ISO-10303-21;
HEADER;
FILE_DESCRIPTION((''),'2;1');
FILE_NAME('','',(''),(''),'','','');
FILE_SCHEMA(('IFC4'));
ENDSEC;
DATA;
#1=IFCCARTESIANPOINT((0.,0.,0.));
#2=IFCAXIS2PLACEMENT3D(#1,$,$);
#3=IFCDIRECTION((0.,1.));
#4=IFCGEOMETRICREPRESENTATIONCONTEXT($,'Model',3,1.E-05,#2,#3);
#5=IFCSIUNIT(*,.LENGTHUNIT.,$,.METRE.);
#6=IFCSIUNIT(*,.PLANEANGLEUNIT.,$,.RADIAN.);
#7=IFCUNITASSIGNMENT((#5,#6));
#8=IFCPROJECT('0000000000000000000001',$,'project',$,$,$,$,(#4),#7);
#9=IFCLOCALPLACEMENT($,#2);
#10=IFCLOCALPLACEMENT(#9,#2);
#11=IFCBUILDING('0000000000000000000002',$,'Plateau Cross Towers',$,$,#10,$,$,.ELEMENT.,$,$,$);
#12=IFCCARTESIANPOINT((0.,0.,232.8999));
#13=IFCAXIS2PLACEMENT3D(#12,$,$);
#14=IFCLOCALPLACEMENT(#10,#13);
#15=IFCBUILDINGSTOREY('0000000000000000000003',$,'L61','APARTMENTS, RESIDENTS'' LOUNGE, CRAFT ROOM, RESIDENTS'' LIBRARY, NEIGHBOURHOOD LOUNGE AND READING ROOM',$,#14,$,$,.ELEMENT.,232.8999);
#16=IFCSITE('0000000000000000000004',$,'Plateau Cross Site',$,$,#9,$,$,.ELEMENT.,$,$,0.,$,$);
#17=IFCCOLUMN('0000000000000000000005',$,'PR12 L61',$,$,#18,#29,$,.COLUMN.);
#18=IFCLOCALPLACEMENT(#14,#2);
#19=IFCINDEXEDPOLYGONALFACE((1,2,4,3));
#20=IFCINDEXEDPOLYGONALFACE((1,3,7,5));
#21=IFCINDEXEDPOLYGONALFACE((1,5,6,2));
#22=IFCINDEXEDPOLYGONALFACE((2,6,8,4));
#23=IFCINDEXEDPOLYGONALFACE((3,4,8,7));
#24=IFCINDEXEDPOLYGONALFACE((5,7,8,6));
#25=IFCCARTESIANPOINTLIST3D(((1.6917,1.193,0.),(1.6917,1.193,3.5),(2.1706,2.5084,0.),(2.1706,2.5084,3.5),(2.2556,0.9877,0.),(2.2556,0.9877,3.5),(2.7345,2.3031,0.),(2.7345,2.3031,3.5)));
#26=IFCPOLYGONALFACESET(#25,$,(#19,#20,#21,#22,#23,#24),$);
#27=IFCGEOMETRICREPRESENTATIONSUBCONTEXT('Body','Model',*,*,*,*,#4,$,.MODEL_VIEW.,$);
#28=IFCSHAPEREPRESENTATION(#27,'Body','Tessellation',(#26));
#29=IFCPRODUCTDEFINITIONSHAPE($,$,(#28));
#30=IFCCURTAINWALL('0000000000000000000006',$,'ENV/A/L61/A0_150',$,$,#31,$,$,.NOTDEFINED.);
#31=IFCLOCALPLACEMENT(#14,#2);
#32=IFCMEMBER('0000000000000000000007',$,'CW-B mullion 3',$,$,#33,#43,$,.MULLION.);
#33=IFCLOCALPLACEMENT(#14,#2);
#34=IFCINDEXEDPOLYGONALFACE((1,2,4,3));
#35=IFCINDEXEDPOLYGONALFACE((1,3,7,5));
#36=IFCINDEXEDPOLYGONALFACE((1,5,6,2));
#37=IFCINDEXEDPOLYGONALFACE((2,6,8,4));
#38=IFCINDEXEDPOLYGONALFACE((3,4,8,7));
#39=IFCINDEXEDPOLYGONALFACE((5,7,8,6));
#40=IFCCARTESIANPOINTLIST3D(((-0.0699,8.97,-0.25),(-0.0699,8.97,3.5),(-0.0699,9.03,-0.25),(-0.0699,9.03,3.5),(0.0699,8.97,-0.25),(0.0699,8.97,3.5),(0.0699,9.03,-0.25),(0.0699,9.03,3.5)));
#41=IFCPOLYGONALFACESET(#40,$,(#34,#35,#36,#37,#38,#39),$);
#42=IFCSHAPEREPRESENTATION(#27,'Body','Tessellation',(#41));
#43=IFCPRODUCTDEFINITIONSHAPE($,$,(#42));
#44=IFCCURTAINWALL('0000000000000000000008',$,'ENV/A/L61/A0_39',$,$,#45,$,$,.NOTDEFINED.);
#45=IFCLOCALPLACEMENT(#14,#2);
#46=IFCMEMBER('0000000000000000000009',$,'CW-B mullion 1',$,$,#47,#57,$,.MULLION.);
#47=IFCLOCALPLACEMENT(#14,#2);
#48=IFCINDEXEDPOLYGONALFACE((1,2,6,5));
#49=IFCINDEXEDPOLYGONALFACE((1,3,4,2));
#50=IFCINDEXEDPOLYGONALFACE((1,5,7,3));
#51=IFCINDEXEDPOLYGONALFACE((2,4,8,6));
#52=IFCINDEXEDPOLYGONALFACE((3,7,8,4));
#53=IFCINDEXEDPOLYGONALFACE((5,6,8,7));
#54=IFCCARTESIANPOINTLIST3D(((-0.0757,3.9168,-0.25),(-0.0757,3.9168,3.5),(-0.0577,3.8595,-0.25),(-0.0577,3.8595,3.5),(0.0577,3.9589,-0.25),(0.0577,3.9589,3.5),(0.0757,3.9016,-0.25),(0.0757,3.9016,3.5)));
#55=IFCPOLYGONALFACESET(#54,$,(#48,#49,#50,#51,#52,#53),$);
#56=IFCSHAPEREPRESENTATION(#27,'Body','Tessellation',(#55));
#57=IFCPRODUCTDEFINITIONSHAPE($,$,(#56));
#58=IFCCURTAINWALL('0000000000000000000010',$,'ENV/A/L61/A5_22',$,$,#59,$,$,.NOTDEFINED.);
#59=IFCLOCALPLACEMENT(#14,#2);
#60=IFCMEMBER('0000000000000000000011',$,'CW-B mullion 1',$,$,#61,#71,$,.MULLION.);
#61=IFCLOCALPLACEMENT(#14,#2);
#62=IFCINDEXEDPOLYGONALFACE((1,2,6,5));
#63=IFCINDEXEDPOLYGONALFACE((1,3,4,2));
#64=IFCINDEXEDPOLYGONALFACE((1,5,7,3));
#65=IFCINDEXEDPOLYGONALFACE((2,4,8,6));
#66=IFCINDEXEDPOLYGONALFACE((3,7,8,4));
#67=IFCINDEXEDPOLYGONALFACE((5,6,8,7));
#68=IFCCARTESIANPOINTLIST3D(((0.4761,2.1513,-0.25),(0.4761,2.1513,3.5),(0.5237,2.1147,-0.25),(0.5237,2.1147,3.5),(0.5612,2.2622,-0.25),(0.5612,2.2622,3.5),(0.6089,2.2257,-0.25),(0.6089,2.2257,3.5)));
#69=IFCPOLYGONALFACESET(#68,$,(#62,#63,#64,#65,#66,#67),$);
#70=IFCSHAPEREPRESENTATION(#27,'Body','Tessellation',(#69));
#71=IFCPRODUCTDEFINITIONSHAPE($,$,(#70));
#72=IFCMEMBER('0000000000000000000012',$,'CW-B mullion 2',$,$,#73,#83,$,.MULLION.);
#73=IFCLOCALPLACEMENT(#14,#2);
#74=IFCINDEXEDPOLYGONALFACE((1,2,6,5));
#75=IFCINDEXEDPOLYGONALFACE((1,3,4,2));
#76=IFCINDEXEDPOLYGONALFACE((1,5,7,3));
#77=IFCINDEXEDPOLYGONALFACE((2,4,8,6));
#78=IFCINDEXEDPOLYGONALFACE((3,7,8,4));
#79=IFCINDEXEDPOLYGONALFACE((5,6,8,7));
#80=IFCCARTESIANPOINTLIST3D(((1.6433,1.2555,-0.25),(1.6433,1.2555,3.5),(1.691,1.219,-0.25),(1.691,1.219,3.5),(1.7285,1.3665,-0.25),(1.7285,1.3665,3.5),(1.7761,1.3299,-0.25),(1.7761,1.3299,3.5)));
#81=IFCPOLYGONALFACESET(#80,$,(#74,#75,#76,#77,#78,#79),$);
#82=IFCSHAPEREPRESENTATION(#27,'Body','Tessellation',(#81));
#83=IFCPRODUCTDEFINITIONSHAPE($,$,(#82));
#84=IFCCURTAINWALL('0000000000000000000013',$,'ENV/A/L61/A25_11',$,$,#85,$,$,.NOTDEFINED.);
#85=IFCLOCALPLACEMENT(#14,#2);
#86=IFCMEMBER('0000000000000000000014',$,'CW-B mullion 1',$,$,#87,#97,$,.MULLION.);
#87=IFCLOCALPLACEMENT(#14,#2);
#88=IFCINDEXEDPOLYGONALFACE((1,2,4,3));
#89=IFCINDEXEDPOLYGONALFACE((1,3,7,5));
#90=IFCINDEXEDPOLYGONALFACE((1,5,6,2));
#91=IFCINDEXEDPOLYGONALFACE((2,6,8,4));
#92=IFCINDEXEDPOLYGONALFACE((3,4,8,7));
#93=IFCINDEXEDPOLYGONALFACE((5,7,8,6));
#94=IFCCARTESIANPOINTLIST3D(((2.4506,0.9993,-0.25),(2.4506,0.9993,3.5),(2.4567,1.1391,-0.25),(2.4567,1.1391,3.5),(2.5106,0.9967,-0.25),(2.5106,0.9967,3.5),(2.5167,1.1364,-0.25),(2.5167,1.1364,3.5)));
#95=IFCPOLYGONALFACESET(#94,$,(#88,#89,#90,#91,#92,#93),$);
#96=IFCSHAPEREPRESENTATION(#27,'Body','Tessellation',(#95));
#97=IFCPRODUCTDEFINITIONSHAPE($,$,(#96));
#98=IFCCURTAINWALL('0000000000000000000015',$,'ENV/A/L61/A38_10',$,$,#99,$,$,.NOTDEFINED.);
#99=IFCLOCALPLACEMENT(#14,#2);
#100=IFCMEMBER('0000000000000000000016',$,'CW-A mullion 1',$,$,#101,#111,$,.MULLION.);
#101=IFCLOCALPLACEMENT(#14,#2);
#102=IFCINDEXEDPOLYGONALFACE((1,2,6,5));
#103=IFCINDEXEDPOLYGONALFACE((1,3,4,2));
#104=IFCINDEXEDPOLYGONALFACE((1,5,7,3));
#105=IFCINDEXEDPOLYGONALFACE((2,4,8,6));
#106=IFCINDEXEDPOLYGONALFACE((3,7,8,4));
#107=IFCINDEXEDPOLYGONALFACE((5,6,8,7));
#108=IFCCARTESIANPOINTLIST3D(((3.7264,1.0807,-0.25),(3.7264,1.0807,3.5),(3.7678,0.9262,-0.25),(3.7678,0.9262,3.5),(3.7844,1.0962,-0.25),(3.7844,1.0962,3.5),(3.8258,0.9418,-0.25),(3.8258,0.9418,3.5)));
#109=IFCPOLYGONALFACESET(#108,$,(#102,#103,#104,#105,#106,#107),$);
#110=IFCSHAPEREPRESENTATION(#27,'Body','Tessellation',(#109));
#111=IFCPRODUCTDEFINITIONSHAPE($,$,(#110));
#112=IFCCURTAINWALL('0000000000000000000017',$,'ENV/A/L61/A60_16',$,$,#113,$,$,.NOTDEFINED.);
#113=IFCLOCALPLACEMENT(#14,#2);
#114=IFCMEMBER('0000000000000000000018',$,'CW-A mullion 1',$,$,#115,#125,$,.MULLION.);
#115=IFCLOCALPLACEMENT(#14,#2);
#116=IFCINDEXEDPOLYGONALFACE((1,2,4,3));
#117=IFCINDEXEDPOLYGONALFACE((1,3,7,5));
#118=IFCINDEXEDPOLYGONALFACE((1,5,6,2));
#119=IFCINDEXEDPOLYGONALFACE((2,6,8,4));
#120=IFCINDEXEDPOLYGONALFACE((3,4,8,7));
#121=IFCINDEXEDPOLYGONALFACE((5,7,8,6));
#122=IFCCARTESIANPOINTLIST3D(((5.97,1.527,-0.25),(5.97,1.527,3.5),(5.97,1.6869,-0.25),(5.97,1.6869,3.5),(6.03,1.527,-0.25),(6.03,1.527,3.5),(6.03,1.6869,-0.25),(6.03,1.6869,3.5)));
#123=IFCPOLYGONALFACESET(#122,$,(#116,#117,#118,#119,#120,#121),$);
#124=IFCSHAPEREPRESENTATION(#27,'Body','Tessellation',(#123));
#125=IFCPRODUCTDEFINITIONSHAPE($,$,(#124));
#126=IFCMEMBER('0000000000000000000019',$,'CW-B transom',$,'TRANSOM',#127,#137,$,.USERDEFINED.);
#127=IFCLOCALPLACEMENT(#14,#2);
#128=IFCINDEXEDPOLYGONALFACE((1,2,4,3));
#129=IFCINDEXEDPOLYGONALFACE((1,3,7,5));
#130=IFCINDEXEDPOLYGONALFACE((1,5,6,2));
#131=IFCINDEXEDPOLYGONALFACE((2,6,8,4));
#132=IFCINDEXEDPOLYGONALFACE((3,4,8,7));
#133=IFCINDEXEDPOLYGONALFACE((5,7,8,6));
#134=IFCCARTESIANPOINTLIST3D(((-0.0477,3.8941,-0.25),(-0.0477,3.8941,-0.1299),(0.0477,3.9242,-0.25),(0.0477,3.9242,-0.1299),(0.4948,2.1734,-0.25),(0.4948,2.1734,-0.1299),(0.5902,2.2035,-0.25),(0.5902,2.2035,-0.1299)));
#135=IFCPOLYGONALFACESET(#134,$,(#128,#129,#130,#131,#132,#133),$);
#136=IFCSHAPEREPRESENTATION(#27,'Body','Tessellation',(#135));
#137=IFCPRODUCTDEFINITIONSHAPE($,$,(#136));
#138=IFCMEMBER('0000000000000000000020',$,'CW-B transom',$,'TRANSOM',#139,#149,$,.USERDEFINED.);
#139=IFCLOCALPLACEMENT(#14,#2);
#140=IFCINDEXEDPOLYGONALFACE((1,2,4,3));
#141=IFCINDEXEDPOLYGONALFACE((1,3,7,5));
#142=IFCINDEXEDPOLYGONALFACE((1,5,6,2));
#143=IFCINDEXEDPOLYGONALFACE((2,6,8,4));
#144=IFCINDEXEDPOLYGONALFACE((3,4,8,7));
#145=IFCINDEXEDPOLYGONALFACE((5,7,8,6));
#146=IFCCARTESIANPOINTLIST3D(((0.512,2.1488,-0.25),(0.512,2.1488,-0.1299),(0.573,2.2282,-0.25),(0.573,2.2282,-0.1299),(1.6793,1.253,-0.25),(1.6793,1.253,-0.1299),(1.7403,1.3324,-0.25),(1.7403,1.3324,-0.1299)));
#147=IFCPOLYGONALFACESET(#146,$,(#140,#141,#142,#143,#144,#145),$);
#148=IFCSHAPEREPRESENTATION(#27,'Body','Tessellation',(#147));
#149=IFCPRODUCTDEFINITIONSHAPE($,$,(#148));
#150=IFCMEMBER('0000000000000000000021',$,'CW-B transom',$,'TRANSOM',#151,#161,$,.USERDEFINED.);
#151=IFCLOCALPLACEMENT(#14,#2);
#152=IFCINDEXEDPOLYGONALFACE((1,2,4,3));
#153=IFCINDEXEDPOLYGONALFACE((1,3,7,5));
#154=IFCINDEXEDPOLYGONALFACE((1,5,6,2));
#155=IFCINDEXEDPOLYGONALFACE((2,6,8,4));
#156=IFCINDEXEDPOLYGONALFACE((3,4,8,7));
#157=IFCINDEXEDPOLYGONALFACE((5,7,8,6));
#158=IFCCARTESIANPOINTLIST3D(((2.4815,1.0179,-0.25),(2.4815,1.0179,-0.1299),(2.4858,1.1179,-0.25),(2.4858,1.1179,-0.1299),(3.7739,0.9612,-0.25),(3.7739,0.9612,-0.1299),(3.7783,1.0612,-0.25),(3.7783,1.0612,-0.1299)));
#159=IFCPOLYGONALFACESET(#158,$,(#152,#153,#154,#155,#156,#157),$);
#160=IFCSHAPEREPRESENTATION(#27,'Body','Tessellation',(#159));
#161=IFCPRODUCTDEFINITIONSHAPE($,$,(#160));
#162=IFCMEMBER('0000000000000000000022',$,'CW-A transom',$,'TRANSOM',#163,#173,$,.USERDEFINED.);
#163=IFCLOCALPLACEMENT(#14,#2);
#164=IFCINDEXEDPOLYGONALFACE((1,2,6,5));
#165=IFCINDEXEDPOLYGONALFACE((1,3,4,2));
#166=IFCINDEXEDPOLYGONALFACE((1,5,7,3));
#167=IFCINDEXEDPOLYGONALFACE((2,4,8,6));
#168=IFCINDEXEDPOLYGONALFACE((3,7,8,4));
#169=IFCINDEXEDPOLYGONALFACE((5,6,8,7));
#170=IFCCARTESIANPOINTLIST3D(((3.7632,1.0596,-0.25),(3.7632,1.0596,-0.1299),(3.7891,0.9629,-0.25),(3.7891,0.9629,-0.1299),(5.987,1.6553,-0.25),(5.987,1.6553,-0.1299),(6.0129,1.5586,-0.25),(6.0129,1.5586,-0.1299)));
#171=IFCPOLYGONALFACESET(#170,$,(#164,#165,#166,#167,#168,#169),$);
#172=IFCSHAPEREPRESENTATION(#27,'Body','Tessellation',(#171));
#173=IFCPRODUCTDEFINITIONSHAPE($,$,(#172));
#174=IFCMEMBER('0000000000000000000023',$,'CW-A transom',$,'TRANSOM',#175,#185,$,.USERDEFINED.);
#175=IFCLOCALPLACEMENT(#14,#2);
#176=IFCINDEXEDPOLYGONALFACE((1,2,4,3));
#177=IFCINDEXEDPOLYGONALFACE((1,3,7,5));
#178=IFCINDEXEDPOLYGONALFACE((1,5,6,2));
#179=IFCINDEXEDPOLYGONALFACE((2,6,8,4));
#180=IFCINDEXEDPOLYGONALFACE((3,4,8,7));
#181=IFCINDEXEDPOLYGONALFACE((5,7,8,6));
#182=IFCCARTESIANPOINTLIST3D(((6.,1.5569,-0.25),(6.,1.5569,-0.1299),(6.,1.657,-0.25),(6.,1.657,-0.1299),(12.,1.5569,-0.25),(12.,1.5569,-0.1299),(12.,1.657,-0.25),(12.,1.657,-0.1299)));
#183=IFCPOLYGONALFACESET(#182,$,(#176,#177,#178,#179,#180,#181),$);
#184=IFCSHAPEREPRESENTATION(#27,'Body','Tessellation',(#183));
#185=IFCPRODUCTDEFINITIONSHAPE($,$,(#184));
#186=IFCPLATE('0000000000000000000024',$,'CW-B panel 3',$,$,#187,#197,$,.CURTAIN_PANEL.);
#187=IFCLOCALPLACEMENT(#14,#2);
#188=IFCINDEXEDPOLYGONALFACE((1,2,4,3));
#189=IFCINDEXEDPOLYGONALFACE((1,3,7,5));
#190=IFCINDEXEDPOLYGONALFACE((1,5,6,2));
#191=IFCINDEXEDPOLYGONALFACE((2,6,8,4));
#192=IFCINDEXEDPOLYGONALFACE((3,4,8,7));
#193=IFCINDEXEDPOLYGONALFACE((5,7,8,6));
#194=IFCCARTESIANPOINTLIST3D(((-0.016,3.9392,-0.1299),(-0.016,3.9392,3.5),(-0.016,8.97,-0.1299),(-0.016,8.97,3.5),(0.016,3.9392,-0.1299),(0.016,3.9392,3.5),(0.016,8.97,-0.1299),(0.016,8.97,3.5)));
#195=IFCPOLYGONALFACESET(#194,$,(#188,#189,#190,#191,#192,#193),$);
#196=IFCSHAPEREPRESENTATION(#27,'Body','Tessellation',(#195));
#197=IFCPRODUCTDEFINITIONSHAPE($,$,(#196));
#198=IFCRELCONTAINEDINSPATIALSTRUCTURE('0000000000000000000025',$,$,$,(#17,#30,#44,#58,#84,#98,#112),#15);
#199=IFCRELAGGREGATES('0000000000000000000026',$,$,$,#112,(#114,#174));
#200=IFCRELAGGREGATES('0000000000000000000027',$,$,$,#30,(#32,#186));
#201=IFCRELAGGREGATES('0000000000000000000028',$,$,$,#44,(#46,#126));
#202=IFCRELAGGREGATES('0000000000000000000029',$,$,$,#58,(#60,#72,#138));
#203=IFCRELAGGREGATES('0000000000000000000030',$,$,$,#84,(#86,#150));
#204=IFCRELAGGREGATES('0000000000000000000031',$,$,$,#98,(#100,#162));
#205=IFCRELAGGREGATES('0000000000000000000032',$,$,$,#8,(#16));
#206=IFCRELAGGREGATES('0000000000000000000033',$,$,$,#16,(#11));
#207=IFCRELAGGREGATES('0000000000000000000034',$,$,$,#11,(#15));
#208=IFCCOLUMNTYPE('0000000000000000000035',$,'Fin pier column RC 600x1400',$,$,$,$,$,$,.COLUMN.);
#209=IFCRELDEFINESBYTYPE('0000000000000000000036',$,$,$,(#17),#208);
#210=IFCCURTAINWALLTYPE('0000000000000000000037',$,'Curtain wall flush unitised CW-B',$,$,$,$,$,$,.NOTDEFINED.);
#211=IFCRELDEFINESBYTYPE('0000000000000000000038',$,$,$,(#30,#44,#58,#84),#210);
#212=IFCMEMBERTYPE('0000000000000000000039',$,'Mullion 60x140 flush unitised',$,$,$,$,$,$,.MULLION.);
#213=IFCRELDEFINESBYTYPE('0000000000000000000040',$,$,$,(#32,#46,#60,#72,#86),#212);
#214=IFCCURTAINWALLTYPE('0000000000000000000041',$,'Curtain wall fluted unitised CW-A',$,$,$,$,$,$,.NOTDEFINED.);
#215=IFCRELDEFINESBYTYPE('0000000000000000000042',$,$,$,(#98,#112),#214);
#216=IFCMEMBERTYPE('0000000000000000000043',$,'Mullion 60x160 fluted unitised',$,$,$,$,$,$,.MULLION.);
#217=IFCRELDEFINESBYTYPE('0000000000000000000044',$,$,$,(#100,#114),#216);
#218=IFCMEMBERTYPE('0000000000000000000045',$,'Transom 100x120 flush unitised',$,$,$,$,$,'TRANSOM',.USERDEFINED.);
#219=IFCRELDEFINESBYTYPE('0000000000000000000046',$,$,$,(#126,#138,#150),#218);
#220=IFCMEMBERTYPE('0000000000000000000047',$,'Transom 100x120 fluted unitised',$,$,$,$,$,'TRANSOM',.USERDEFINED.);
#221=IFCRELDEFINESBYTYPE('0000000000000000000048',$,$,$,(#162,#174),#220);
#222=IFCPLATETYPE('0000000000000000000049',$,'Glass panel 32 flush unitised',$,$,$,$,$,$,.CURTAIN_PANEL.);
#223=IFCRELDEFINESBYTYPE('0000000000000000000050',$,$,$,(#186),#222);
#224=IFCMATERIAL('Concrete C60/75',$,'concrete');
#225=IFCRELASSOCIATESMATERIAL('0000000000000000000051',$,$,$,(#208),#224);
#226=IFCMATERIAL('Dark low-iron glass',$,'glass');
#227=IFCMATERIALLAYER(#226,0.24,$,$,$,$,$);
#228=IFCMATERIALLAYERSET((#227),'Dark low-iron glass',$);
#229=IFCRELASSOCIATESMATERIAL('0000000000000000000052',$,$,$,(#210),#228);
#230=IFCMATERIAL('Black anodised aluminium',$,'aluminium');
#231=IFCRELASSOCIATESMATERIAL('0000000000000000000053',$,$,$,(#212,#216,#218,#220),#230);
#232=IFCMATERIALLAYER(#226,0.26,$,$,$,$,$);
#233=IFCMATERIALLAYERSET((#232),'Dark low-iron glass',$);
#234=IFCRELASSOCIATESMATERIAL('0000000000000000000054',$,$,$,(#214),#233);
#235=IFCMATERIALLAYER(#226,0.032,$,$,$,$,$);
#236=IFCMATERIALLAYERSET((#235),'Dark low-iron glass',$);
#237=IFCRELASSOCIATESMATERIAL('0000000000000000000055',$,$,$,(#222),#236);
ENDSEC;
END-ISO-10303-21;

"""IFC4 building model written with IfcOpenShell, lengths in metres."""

from ifc_helpers import new_model, si_unit, direction, frame, origin, origin_2d, place, context, subcontext, project, spatial, rectangle, extrude, material, layer, layer_set, material_profile, profile_set, type_object, element, aggregate, save


model = new_model("IFC4")

# Units and contexts
model_context = context("Model", 3, precision=1e-05, world=origin(), true_north=direction((0.0, 1.0)))
body_context = subcontext(model_context, "Body", "Model", "MODEL_VIEW")
ifc_project = project(units=[si_unit("LENGTHUNIT", "METRE"), si_unit("PLANEANGLEUNIT", "RADIAN")], contexts=[model_context])

# Site, building, storey
site_placement = place(None, origin())
site = spatial("IfcSite", under=ifc_project, at=site_placement, Name="Plateau Cross Site", CompositionType="ELEMENT", RefElevation=0.0)
building_placement = place(site_placement, origin())
building = spatial("IfcBuilding", under=site, at=building_placement, Name="Plateau Cross Towers", CompositionType="ELEMENT")
storey_placement = place(building_placement, frame((0.0, 0.0, 232.8999)))
storey = spatial("IfcBuildingStorey", under=building, at=storey_placement, Name="L61", Description="APARTMENTS, RESIDENTS' LOUNGE, CRAFT ROOM, RESIDENTS' LIBRARY, NEIGHBOURHOOD LOUNGE AND READING ROOM", CompositionType="ELEMENT", Elevation=232.8999)

# Column
ifc_material_1 = material(Name="Concrete C60/75", Category="concrete")
ifc_material_profile_1 = material_profile(ifc_material_1, rectangle(XDim=0.6001, YDim=1.3999, at=origin_2d()), Name="RC 600x1400")
ifc_profile_set_1 = profile_set([ifc_material_profile_1], Name="Concrete C60/75")
column_type = type_object("IfcColumnType", Name="Fin pier column RC 600x1400", PredefinedType="COLUMN", material=ifc_profile_set_1)
column_placement = place(storey_placement, frame((2.2131, 1.748, 0.0), z_axis=(0.0, 0.0, 1.0), x_axis=(-0.939664, 0.342098, 0.0)))
element("IfcColumn", 1, at=column_placement, inside=storey, type_object=column_type, Name="PR12 L61", PredefinedType="COLUMN", context=body_context, shape_type="SweptSolid", body=[
    extrude(rectangle(XDim=0.6001, YDim=1.3999, at=origin_2d()), origin(), (0.0, 0.0, 1.0), 3.5),
])

# Curtain walls, members
ifc_material_2 = material(Name="Dark low-iron glass", Category="glass")
ifc_layer_1 = layer(ifc_material_2, 0.24)
ifc_layer_set_1 = layer_set([ifc_layer_1], Name="Dark low-iron glass")
curtain_wall_type_1 = type_object("IfcCurtainWallType", Name="Curtain wall flush unitised CW-B", PredefinedType="NOTDEFINED", material=ifc_layer_set_1)
curtain_wall_1_placement = place(storey_placement, origin())
curtain_wall_1 = element("IfcCurtainWall", 2, at=curtain_wall_1_placement, inside=storey, type_object=curtain_wall_type_1, Name="ENV/A/L61/A0_150", PredefinedType="NOTDEFINED")
ifc_material_3 = material(Name="Black anodised aluminium", Category="aluminium")
ifc_material_profile_2 = material_profile(ifc_material_3, rectangle(XDim=0.0601, YDim=0.1399, at=origin_2d()), Name="MULLION 60x140")
ifc_profile_set_2 = profile_set([ifc_material_profile_2], Name="Black anodised aluminium")
member_type_1 = type_object("IfcMemberType", Name="Mullion 60x140 flush unitised", PredefinedType="MULLION", material=ifc_profile_set_2)
member_1_placement = place(storey_placement, frame((0.0, 9.0, -0.25), z_axis=(0.0, 0.0, 1.0), x_axis=(0.0, -1.0, 0.0)))
member_1 = element("IfcMember", 3, at=member_1_placement, type_object=member_type_1, Name="CW-B mullion 3", PredefinedType="MULLION", context=body_context, shape_type="SweptSolid", body=[
    extrude(rectangle(XDim=0.0601, YDim=0.1399, at=origin_2d()), origin(), (0.0, 0.0, 1.0), 3.75),
])
curtain_wall_2_placement = place(storey_placement, origin())
curtain_wall_2 = element("IfcCurtainWall", 4, at=curtain_wall_2_placement, inside=storey, type_object=curtain_wall_type_1, Name="ENV/A/L61/A0_39", PredefinedType="NOTDEFINED")
member_2_placement = place(storey_placement, frame((0.0, 3.9092, -0.25), z_axis=(0.0, 0.0, 1.0), x_axis=(0.300686, -0.953723, 0.0)))
member_2 = element("IfcMember", 5, at=member_2_placement, type_object=member_type_1, Name="CW-B mullion 1", PredefinedType="MULLION", context=body_context, shape_type="SweptSolid", body=[
    extrude(rectangle(XDim=0.0601, YDim=0.1399, at=origin_2d()), origin(), (0.0, 0.0, 1.0), 3.75),
])

# Curtain wall, members
curtain_wall_3_placement = place(storey_placement, origin())
curtain_wall_3 = element("IfcCurtainWall", 6, at=curtain_wall_3_placement, inside=storey, type_object=curtain_wall_type_1, Name="ENV/A/L61/A5_22", PredefinedType="NOTDEFINED")
member_3_placement = place(storey_placement, frame((0.5425, 2.1885, -0.25), z_axis=(0.0, 0.0, 1.0), x_axis=(0.793316, -0.608811, 0.0)))
member_3 = element("IfcMember", 7, at=member_3_placement, type_object=member_type_1, Name="CW-B mullion 1", PredefinedType="MULLION", context=body_context, shape_type="SweptSolid", body=[
    extrude(rectangle(XDim=0.0601, YDim=0.1399, at=origin_2d()), origin(), (0.0, 0.0, 1.0), 3.75),
])
member_4_placement = place(storey_placement, frame((1.7097, 1.2927, -0.25), z_axis=(0.0, 0.0, 1.0), x_axis=(0.793316, -0.608811, 0.0)))
member_4 = element("IfcMember", 8, at=member_4_placement, type_object=member_type_1, Name="CW-B mullion 2", PredefinedType="MULLION", context=body_context, shape_type="SweptSolid", body=[
    extrude(rectangle(XDim=0.0601, YDim=0.1399, at=origin_2d()), origin(), (0.0, 0.0, 1.0), 3.75),
])

# Curtain walls, members
curtain_wall_4_placement = place(storey_placement, origin())
curtain_wall_4 = element("IfcCurtainWall", 9, at=curtain_wall_4_placement, inside=storey, type_object=curtain_wall_type_1, Name="ENV/A/L61/A25_11", PredefinedType="NOTDEFINED")
member_5_placement = place(storey_placement, frame((2.4836, 1.0679, -0.25), z_axis=(0.0, 0.0, 1.0), x_axis=(0.999044, -0.043723, 0.0)))
member_5 = element("IfcMember", 10, at=member_5_placement, type_object=member_type_1, Name="CW-B mullion 1", PredefinedType="MULLION", context=body_context, shape_type="SweptSolid", body=[
    extrude(rectangle(XDim=0.0601, YDim=0.1399, at=origin_2d()), origin(), (0.0, 0.0, 1.0), 3.75),
])
ifc_layer_2 = layer(ifc_material_2, 0.26)
ifc_layer_set_2 = layer_set([ifc_layer_2], Name="Dark low-iron glass")
curtain_wall_type_2 = type_object("IfcCurtainWallType", Name="Curtain wall fluted unitised CW-A", PredefinedType="NOTDEFINED", material=ifc_layer_set_2)
curtain_wall_5_placement = place(storey_placement, origin())
curtain_wall_5 = element("IfcCurtainWall", 11, at=curtain_wall_5_placement, inside=storey, type_object=curtain_wall_type_2, Name="ENV/A/L61/A38_10", PredefinedType="NOTDEFINED")
ifc_material_profile_3 = material_profile(ifc_material_3, rectangle(XDim=0.0601, YDim=0.1599, at=origin_2d()), Name="MULLION 60x160")
ifc_profile_set_3 = profile_set([ifc_material_profile_3], Name="Black anodised aluminium")
member_type_2 = type_object("IfcMemberType", Name="Mullion 60x160 fluted unitised", PredefinedType="MULLION", material=ifc_profile_set_3)
member_6_placement = place(storey_placement, frame((3.7761, 1.0112, -0.25), z_axis=(0.0, 0.0, 1.0), x_axis=(0.965958, 0.258699, 0.0)))
member_6 = element("IfcMember", 12, at=member_6_placement, type_object=member_type_2, Name="CW-A mullion 1", PredefinedType="MULLION", context=body_context, shape_type="SweptSolid", body=[
    extrude(rectangle(XDim=0.0601, YDim=0.1599, at=origin_2d()), origin(), (0.0, 0.0, 1.0), 3.75),
])
curtain_wall_6_placement = place(storey_placement, origin())
curtain_wall_6 = element("IfcCurtainWall", 13, at=curtain_wall_6_placement, inside=storey, type_object=curtain_wall_type_2, Name="ENV/A/L61/A60_16", PredefinedType="NOTDEFINED")
member_7_placement = place(storey_placement, frame((6.0, 1.6069, -0.25), z_axis=(0.0, 0.0, 1.0), x_axis=(1.0, 0.0, 0.0)))
member_7 = element("IfcMember", 14, at=member_7_placement, type_object=member_type_2, Name="CW-A mullion 1", PredefinedType="MULLION", context=body_context, shape_type="SweptSolid", body=[
    extrude(rectangle(XDim=0.0601, YDim=0.1599, at=origin_2d()), origin(), (0.0, 0.0, 1.0), 3.75),
])

# Members
ifc_material_profile_4 = material_profile(ifc_material_3, rectangle(XDim=0.1001, YDim=0.1201, at=origin_2d()), Name="TRANSOM 100x120")
ifc_profile_set_4 = profile_set([ifc_material_profile_4], Name="Black anodised aluminium")
member_type_3 = type_object("IfcMemberType", Name="Transom 100x120 flush unitised", ElementType="TRANSOM", PredefinedType="USERDEFINED", material=ifc_profile_set_4)
member_8_placement = place(storey_placement, frame((0.0, 3.9092, -0.1899), z_axis=(0.300678, -0.953726, 0.0), x_axis=(0.953726, 0.300678, 0.0)))
member_8 = element("IfcMember", 15, at=member_8_placement, type_object=member_type_3, Name="CW-B transom", ObjectType="TRANSOM", PredefinedType="USERDEFINED", context=body_context, shape_type="SweptSolid", body=[
    extrude(rectangle(XDim=0.1001, YDim=0.1201, at=origin_2d()), origin(), (0.0, 0.0, 1.0), 1.8042),
])
member_9_placement = place(storey_placement, frame((0.5425, 2.1885, -0.1899), z_axis=(0.793321, -0.608804, 0.0), x_axis=(0.608804, 0.793321, 0.0)))
member_9 = element("IfcMember", 16, at=member_9_placement, type_object=member_type_3, Name="CW-B transom", ObjectType="TRANSOM", PredefinedType="USERDEFINED", context=body_context, shape_type="SweptSolid", body=[
    extrude(rectangle(XDim=0.1001, YDim=0.1201, at=origin_2d()), origin(), (0.0, 0.0, 1.0), 1.4714),
])
member_10_placement = place(storey_placement, frame((2.4836, 1.0679, -0.1899), z_axis=(0.999041, -0.043781, 0.0), x_axis=(0.043781, 0.999041, 0.0)))
member_10 = element("IfcMember", 17, at=member_10_placement, type_object=member_type_3, Name="CW-B transom", ObjectType="TRANSOM", PredefinedType="USERDEFINED", context=body_context, shape_type="SweptSolid", body=[
    extrude(rectangle(XDim=0.1001, YDim=0.1201, at=origin_2d()), origin(), (0.0, 0.0, 1.0), 1.2937),
])
ifc_material_profile_5 = material_profile(ifc_material_3, rectangle(XDim=0.1001, YDim=0.1201, at=origin_2d()), Name="TRANSOM 100x120")
ifc_profile_set_5 = profile_set([ifc_material_profile_5], Name="Black anodised aluminium")
member_type_4 = type_object("IfcMemberType", Name="Transom 100x120 fluted unitised", ElementType="TRANSOM", PredefinedType="USERDEFINED", material=ifc_profile_set_5)
member_11_placement = place(storey_placement, frame((3.7761, 1.0112, -0.1899), z_axis=(0.965946, 0.258745, 0.0), x_axis=(-0.258745, 0.965946, 0.0)))
member_11 = element("IfcMember", 18, at=member_11_placement, type_object=member_type_4, Name="CW-A transom", ObjectType="TRANSOM", PredefinedType="USERDEFINED", context=body_context, shape_type="SweptSolid", body=[
    extrude(rectangle(XDim=0.1001, YDim=0.1201, at=origin_2d()), origin(), (0.0, 0.0, 1.0), 2.3022),
])
member_12_placement = place(storey_placement, frame((6.0, 1.6069, -0.1899), z_axis=(1.0, 0.0, 0.0), x_axis=(0.0, 1.0, 0.0)))
member_12 = element("IfcMember", 19, at=member_12_placement, type_object=member_type_4, Name="CW-A transom", ObjectType="TRANSOM", PredefinedType="USERDEFINED", context=body_context, shape_type="SweptSolid", body=[
    extrude(rectangle(XDim=0.1001, YDim=0.1201, at=origin_2d()), origin(), (0.0, 0.0, 1.0), 6.0),
])
aggregate(curtain_wall_6, [member_7, member_12])

# Plate
ifc_layer_3 = layer(ifc_material_2, 0.032)
ifc_layer_set_3 = layer_set([ifc_layer_3], Name="Dark low-iron glass")
plate_type_1 = type_object("IfcPlateType", Name="Glass panel 32 flush unitised", PredefinedType="CURTAIN_PANEL", material=ifc_layer_set_3)
plate_1_placement = place(storey_placement, frame((0.0, 6.4546, -0.1299), z_axis=(0.0, 0.0, 1.0), x_axis=(0.0, -1.0, 0.0)))
plate_1 = element("IfcPlate", 20, at=plate_1_placement, type_object=plate_type_1, Name="CW-B panel 3", PredefinedType="CURTAIN_PANEL", context=body_context, shape_type="SweptSolid", body=[
    extrude(rectangle(XDim=5.0308, YDim=0.032, at=origin_2d()), origin(), (0.0, 0.0, 1.0), 3.6299),
])
aggregate(curtain_wall_1, [member_1, plate_1])
aggregate(curtain_wall_2, [member_2, member_8])
aggregate(curtain_wall_3, [member_3, member_4, member_9])
aggregate(curtain_wall_4, [member_5, member_10])
aggregate(curtain_wall_5, [member_6, member_11])

save(model, "model.ifc")
